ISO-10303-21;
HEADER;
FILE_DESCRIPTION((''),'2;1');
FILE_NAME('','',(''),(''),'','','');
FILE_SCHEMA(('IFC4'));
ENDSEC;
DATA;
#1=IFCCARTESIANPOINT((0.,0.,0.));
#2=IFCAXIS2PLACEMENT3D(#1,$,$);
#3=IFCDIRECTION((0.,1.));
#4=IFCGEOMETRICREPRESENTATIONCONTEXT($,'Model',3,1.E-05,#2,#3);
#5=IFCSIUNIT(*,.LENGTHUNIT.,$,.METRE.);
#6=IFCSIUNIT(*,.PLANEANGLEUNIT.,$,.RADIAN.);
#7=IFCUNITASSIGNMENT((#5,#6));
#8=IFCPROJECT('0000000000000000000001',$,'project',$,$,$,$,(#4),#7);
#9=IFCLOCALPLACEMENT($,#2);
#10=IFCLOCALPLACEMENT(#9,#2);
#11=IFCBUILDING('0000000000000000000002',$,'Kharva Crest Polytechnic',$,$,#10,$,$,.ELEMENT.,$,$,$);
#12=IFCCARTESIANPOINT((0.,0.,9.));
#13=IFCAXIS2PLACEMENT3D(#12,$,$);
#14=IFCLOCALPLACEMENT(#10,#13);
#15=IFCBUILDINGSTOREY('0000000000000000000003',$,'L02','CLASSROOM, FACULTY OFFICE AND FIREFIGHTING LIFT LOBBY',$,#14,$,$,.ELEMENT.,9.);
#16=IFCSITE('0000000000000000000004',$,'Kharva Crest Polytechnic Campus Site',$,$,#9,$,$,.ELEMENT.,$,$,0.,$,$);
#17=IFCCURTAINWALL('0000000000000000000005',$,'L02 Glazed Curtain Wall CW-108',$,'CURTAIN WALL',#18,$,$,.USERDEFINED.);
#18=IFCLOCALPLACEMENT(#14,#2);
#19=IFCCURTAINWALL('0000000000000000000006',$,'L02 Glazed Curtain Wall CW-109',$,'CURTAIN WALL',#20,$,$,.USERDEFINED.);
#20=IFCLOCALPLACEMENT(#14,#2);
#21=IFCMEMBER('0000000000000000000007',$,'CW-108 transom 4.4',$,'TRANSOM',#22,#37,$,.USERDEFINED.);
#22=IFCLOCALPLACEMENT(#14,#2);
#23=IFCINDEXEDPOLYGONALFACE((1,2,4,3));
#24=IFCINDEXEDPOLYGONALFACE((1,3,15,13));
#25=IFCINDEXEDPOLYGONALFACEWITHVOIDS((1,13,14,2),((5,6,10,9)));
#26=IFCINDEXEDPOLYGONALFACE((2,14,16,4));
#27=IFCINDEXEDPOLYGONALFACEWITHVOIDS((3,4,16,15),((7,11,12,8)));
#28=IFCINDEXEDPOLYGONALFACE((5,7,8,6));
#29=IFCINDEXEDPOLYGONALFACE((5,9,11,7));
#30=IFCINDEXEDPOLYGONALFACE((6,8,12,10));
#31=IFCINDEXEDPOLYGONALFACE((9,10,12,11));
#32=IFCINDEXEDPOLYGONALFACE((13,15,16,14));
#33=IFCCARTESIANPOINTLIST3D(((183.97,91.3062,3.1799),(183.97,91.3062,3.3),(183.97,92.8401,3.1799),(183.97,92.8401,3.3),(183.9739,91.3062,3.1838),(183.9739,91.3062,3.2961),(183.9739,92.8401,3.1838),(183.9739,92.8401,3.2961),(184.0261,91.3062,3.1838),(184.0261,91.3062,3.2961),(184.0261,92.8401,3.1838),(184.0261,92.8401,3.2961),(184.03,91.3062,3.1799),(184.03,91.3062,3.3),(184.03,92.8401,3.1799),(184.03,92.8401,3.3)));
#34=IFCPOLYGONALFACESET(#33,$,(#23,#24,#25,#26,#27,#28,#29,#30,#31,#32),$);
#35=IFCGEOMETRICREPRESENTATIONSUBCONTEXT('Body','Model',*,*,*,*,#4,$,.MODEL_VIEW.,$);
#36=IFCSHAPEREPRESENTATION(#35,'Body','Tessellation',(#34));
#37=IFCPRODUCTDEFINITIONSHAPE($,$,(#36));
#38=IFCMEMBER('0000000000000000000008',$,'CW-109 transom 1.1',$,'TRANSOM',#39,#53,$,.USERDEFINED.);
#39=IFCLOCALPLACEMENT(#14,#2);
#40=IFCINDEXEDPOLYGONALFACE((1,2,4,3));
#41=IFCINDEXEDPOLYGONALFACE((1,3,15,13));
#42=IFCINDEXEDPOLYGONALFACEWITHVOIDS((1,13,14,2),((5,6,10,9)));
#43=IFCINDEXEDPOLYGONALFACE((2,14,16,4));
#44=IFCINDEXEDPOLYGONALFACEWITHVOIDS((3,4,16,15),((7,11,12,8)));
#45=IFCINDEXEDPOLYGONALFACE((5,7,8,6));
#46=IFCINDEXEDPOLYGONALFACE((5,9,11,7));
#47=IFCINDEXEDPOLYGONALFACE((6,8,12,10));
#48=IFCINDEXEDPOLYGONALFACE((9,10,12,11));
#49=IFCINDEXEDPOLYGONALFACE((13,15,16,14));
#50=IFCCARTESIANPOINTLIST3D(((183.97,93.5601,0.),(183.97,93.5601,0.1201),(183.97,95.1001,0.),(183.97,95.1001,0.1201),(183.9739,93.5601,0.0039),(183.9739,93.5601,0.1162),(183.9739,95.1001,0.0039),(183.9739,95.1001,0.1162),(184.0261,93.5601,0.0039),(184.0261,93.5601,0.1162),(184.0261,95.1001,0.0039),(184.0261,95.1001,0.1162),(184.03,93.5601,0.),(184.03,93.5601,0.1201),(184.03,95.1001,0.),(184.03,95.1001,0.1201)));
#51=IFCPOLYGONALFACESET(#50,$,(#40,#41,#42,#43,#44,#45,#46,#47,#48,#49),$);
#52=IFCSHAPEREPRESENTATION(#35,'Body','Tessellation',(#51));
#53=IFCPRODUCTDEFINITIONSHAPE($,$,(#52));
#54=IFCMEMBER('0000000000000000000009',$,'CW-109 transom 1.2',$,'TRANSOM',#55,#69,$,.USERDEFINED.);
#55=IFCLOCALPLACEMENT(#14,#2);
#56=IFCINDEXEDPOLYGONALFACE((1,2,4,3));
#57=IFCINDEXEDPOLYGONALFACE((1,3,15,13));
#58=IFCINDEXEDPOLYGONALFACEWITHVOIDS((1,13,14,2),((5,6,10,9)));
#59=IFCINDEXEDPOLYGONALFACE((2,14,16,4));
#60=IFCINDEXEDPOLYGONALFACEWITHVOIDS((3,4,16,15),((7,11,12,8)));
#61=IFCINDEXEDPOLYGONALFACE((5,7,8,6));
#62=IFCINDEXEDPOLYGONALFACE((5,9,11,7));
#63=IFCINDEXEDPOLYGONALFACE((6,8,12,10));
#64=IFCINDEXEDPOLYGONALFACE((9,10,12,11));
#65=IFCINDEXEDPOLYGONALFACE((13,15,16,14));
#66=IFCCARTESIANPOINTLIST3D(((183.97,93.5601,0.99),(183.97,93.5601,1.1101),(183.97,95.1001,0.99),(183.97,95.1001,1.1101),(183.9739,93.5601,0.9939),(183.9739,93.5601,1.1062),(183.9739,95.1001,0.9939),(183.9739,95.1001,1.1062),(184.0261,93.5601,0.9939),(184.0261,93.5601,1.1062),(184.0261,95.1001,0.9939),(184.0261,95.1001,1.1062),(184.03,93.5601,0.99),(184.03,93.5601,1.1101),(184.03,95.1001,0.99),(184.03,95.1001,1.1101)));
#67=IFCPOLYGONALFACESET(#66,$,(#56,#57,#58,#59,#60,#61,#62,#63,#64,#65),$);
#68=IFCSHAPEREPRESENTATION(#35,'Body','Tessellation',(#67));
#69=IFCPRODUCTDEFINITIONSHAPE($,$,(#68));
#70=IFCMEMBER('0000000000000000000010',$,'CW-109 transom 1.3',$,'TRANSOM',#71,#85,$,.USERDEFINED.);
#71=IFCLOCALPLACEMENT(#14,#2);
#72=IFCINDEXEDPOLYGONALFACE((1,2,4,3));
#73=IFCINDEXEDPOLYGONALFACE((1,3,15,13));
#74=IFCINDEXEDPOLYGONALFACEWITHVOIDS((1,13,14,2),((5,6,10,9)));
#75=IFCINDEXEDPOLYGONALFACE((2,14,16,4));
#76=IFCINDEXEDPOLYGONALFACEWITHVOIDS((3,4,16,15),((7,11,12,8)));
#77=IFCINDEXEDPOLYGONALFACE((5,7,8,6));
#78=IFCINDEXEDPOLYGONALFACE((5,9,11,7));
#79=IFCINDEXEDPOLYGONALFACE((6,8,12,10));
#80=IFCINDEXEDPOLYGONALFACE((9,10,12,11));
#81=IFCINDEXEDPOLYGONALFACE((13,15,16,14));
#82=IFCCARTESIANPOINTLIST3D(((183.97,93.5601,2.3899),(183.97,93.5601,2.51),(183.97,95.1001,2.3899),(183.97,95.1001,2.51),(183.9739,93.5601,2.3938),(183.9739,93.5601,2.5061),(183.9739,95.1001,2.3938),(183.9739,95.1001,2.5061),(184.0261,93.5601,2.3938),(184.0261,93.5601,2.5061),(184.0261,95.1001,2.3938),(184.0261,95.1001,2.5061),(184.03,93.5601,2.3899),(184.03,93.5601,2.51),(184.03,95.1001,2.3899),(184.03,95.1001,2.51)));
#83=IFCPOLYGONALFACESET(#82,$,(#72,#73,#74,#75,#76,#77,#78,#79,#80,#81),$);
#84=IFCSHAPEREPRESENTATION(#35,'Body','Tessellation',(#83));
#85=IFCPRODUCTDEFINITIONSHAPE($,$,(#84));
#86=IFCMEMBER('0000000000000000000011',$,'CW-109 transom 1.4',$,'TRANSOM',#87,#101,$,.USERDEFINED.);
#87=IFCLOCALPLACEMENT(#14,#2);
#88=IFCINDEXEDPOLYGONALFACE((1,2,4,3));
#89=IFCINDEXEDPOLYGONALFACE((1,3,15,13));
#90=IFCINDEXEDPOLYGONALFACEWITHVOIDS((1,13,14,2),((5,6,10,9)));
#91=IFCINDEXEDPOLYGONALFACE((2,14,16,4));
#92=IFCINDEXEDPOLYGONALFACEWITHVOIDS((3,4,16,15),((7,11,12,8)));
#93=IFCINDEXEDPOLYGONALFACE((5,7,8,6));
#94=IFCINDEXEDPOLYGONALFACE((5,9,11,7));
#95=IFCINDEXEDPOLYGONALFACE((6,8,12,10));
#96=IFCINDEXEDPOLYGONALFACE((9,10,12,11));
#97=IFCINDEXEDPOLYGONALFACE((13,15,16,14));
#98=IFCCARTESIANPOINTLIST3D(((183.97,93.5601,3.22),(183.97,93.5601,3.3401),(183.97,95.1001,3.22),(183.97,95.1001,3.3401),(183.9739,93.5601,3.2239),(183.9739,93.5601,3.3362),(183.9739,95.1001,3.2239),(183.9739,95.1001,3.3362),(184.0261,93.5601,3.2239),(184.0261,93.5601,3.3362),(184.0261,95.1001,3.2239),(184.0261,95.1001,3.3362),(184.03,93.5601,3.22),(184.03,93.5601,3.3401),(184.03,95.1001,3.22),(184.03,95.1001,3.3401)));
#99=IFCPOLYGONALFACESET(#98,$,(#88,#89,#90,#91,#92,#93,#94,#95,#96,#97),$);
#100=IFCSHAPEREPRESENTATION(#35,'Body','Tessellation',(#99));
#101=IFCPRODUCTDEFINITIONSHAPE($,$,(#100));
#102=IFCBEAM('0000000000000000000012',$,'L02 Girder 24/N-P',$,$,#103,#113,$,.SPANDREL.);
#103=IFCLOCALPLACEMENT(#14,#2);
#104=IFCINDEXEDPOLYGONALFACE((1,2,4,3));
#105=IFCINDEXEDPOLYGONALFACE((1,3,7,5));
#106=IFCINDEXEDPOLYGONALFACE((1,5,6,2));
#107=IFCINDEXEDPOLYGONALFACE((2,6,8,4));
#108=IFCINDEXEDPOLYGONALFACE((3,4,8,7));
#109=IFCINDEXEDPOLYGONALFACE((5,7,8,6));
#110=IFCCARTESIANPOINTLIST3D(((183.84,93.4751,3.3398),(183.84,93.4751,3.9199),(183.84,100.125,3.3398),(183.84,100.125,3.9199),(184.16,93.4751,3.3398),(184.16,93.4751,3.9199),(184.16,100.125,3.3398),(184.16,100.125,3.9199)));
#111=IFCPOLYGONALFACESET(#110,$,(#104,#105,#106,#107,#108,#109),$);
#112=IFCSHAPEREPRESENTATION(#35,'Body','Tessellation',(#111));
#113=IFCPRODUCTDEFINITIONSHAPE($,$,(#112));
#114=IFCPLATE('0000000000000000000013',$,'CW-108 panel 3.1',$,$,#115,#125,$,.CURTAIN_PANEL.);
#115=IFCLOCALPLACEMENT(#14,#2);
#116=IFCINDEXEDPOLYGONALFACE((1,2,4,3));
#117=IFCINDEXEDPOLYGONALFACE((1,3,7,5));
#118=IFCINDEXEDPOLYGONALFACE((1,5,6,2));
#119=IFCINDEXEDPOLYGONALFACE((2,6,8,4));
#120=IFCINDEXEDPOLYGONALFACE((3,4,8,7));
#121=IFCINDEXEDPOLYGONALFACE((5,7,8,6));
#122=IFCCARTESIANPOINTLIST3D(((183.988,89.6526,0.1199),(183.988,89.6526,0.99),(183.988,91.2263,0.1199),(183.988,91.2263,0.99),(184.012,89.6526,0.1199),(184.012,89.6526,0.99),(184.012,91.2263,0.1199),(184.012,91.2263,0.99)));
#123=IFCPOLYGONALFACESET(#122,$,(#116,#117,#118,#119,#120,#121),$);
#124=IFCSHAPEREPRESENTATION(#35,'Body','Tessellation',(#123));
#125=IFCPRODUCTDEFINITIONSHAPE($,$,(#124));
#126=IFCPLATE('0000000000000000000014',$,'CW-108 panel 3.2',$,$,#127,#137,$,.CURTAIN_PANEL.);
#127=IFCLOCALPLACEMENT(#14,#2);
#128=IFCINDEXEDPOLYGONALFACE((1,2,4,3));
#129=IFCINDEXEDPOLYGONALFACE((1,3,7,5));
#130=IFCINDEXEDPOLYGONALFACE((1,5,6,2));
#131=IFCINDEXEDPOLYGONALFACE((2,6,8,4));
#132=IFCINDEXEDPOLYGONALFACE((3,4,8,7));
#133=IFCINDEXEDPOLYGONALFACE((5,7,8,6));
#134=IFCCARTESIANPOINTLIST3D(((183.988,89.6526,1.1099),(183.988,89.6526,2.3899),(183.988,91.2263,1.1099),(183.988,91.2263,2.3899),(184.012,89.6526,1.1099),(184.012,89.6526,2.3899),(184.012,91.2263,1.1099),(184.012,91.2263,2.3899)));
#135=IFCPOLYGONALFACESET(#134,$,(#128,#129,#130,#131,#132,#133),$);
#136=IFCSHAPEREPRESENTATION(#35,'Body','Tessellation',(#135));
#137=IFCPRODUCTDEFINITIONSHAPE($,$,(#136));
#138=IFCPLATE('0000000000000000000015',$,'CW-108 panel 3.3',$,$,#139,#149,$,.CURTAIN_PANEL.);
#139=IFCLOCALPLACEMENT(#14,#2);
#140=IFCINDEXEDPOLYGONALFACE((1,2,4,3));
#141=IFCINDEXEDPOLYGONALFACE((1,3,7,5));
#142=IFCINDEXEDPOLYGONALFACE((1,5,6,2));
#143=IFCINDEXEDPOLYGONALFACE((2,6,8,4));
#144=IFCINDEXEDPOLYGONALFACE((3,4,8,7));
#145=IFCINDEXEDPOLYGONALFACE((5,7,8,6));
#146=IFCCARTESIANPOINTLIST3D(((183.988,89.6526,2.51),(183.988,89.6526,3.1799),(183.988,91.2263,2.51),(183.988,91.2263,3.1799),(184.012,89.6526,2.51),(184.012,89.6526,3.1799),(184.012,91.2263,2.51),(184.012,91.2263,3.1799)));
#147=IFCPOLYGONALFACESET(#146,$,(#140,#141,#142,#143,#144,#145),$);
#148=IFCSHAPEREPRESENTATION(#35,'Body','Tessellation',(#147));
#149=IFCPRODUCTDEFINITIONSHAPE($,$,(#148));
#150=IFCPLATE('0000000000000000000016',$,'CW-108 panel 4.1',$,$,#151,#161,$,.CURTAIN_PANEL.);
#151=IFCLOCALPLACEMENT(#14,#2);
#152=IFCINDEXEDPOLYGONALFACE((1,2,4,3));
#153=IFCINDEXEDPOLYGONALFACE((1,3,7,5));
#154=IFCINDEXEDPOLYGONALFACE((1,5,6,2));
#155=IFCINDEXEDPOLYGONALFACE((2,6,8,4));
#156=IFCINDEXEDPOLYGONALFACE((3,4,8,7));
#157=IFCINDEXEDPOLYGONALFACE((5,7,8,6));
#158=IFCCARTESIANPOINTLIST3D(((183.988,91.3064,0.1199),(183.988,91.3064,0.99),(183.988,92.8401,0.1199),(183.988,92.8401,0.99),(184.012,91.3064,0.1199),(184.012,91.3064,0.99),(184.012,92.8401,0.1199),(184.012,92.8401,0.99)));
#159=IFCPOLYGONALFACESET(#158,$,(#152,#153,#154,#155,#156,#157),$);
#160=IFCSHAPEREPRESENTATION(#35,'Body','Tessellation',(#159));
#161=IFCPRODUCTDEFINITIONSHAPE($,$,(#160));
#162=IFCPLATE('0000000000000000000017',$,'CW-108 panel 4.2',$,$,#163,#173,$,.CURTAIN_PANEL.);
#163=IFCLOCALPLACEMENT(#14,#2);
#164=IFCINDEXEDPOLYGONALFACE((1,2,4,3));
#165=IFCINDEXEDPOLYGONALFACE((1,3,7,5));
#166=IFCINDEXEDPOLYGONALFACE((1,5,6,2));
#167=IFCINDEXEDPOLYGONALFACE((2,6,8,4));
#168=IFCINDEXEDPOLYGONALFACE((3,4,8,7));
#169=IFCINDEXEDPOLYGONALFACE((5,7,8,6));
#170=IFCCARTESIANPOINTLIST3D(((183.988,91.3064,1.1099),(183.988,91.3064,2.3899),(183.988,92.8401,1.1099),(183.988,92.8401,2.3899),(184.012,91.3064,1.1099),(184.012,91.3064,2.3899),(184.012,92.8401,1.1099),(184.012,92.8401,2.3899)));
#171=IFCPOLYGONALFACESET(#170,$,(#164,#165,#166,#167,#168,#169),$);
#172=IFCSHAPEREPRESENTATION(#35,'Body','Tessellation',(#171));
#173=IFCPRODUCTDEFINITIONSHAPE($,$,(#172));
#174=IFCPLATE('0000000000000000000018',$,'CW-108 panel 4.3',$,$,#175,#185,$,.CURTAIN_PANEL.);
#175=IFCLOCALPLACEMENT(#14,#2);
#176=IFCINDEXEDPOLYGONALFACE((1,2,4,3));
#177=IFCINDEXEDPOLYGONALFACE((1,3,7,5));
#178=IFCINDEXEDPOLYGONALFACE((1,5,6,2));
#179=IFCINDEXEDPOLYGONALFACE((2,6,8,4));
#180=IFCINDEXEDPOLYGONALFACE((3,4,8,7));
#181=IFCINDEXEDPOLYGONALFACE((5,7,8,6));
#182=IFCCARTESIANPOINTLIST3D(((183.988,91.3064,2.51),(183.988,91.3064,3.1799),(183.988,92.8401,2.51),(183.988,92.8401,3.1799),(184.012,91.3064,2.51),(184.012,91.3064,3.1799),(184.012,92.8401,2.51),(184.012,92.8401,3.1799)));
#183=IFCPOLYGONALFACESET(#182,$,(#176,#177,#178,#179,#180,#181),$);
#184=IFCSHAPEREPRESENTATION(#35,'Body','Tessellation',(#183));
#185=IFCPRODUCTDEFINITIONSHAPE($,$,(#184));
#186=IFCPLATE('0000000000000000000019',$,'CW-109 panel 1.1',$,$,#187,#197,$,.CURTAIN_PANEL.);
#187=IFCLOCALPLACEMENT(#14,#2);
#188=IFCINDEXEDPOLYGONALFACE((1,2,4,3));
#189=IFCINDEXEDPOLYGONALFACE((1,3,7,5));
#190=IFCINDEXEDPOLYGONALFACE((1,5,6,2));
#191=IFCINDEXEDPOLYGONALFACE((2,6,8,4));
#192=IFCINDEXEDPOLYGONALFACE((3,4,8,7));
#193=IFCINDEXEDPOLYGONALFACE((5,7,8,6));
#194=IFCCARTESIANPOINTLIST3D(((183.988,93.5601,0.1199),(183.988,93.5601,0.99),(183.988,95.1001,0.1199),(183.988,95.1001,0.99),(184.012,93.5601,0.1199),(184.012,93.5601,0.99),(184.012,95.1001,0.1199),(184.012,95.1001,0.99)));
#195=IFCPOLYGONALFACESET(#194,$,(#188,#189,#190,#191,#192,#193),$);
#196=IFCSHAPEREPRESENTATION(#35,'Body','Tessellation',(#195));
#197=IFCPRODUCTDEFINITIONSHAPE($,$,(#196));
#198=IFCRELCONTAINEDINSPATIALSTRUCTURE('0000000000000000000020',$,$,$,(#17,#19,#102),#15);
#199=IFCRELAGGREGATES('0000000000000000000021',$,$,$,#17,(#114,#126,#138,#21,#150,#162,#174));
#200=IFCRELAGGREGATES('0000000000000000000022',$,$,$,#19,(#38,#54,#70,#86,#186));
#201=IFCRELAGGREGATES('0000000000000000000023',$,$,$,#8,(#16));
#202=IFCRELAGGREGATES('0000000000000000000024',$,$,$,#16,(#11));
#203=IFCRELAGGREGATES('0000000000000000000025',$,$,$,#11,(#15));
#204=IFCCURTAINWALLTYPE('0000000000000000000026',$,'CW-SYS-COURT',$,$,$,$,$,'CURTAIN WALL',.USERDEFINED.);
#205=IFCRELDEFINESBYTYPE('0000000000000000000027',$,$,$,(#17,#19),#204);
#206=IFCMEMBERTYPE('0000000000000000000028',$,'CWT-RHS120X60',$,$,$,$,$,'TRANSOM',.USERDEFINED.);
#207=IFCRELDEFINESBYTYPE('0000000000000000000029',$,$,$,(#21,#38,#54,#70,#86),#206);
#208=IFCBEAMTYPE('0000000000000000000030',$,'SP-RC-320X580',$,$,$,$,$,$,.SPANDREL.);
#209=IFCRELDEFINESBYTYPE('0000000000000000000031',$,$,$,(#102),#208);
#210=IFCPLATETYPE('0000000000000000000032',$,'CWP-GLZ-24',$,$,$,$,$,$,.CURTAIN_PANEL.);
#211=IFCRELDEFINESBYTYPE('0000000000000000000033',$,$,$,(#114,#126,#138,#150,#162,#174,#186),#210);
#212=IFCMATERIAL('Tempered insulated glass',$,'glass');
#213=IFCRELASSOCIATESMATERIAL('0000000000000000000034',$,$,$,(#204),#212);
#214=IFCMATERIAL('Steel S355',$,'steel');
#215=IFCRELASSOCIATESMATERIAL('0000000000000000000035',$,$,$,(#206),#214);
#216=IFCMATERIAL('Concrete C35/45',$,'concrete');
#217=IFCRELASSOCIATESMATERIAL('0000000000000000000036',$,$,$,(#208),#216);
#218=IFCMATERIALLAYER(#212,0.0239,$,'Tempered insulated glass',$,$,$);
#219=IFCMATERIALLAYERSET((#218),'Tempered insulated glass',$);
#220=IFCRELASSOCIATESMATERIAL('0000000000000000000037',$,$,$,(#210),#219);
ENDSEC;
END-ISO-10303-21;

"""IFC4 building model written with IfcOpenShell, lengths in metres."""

from ifc_helpers import new_model, si_unit, direction, frame, origin, origin_2d, place, context, subcontext, project, spatial, rectangle, hollow_rectangle, extrude, material, layer, layer_set, material_profile, profile_set, type_object, element, aggregate, save


model = new_model("IFC4")

# Units and contexts
model_context = context("Model", 3, precision=1e-05, world=origin(), true_north=direction((0.0, 1.0)))
body_context = subcontext(model_context, "Body", "Model", "MODEL_VIEW")
ifc_project = project(units=[si_unit("LENGTHUNIT", "METRE"), si_unit("PLANEANGLEUNIT", "RADIAN")], contexts=[model_context])

# Site, building, storey
site_placement = place(None, origin())
site = spatial("IfcSite", under=ifc_project, at=site_placement, Name="Kharva Crest Polytechnic Campus Site", CompositionType="ELEMENT", RefElevation=0.0)
building_placement = place(site_placement, origin())
building = spatial("IfcBuilding", under=site, at=building_placement, Name="Kharva Crest Polytechnic", CompositionType="ELEMENT")
storey_placement = place(building_placement, frame((0.0, 0.0, 9.0)))
storey = spatial("IfcBuildingStorey", under=building, at=storey_placement, Name="L02", Description="CLASSROOM, FACULTY OFFICE AND FIREFIGHTING LIFT LOBBY", CompositionType="ELEMENT", Elevation=9.0)

# Shared definitions
ifc_material_1 = material(Name="Concrete C35/45", Category="concrete")

# Curtain wall
ifc_material_2 = material(Name="Tempered insulated glass", Category="glass")
curtain_wall_type = type_object("IfcCurtainWallType", Name="CW-SYS-COURT", ElementType="CURTAIN WALL", PredefinedType="USERDEFINED", material=ifc_material_2)
curtain_wall_1_placement = place(storey_placement, origin())
curtain_wall_1 = element("IfcCurtainWall", 1, at=curtain_wall_1_placement, inside=storey, type_object=curtain_wall_type, Name="L02 Glazed Curtain Wall CW-108", ObjectType="CURTAIN WALL", PredefinedType="USERDEFINED")
ifc_material_3 = material(Name="Steel S355", Category="steel")

# Curtain wall
curtain_wall_2_placement = place(storey_placement, origin())
curtain_wall_2 = element("IfcCurtainWall", 2, at=curtain_wall_2_placement, inside=storey, type_object=curtain_wall_type, Name="L02 Glazed Curtain Wall CW-109", ObjectType="CURTAIN WALL", PredefinedType="USERDEFINED")

# Members
ifc_material_profile_1 = material_profile(ifc_material_3, hollow_rectangle(XDim=0.0601, YDim=0.1201, WallThickness=0.0039, at=origin_2d()), Name="RHS 120X60X4.0")
ifc_profile_set_1 = profile_set([ifc_material_profile_1], Name="Steel S355")
member_type_1 = type_object("IfcMemberType", Name="CWT-RHS120X60", ElementType="TRANSOM", PredefinedType="USERDEFINED", material=ifc_profile_set_1)
member_1_placement = place(storey_placement, frame((184.0, 91.3062, 3.24), z_axis=(0.0, 1.0, 0.0), x_axis=(-1.0, 0.0, 0.0)))
member_1 = element("IfcMember", 3, at=member_1_placement, type_object=member_type_1, Name="CW-108 transom 4.4", ObjectType="TRANSOM", PredefinedType="USERDEFINED", context=body_context, shape_type="SweptSolid", body=[
    extrude(hollow_rectangle(XDim=0.0601, YDim=0.1201, WallThickness=0.0039, at=origin_2d()), origin(), (0.0, 0.0, 1.0), 1.5339),
])
member_2_placement = place(storey_placement, frame((184.0, 93.5601, 0.0601), z_axis=(0.0, 1.0, 0.0), x_axis=(-1.0, 0.0, 0.0)))
member_2 = element("IfcMember", 4, at=member_2_placement, type_object=member_type_1, Name="CW-109 transom 1.1", ObjectType="TRANSOM", PredefinedType="USERDEFINED", context=body_context, shape_type="SweptSolid", body=[
    extrude(hollow_rectangle(XDim=0.0601, YDim=0.1201, WallThickness=0.0039, at=origin_2d()), origin(), (0.0, 0.0, 1.0), 1.54),
])
member_3_placement = place(storey_placement, frame((184.0, 93.5601, 1.05), z_axis=(0.0, 1.0, 0.0), x_axis=(-1.0, 0.0, 0.0)))
member_3 = element("IfcMember", 5, at=member_3_placement, type_object=member_type_1, Name="CW-109 transom 1.2", ObjectType="TRANSOM", PredefinedType="USERDEFINED", context=body_context, shape_type="SweptSolid", body=[
    extrude(hollow_rectangle(XDim=0.0601, YDim=0.1201, WallThickness=0.0039, at=origin_2d()), origin(), (0.0, 0.0, 1.0), 1.54),
])
member_4_placement = place(storey_placement, frame((184.0, 93.5601, 2.45), z_axis=(0.0, 1.0, 0.0), x_axis=(-1.0, 0.0, 0.0)))
member_4 = element("IfcMember", 6, at=member_4_placement, type_object=member_type_1, Name="CW-109 transom 1.3", ObjectType="TRANSOM", PredefinedType="USERDEFINED", context=body_context, shape_type="SweptSolid", body=[
    extrude(hollow_rectangle(XDim=0.0601, YDim=0.1201, WallThickness=0.0039, at=origin_2d()), origin(), (0.0, 0.0, 1.0), 1.54),
])
member_5_placement = place(storey_placement, frame((184.0, 93.5601, 3.28), z_axis=(0.0, 1.0, 0.0), x_axis=(-1.0, 0.0, 0.0)))
member_5 = element("IfcMember", 7, at=member_5_placement, type_object=member_type_1, Name="CW-109 transom 1.4", ObjectType="TRANSOM", PredefinedType="USERDEFINED", context=body_context, shape_type="SweptSolid", body=[
    extrude(hollow_rectangle(XDim=0.0601, YDim=0.1201, WallThickness=0.0039, at=origin_2d()), origin(), (0.0, 0.0, 1.0), 1.54),
])

# Beam
ifc_material_profile_2 = material_profile(ifc_material_1, rectangle(XDim=0.3201, YDim=0.5801, at=origin_2d()), Name="RECT 320 X 580")
ifc_profile_set_2 = profile_set([ifc_material_profile_2], Name="Concrete C35/45")
beam_type_1 = type_object("IfcBeamType", Name="SP-RC-320X580", PredefinedType="SPANDREL", material=ifc_profile_set_2)
beam_1_placement = place(storey_placement, frame((184.0, 93.4751, 3.6299), z_axis=(0.0, 1.0, 0.0), x_axis=(-1.0, 0.0, 0.0)))
element("IfcBeam", 8, at=beam_1_placement, inside=storey, type_object=beam_type_1, Name="L02 Girder 24/N-P", PredefinedType="SPANDREL", context=body_context, shape_type="SweptSolid", body=[
    extrude(rectangle(XDim=0.3201, YDim=0.5801, at=origin_2d()), origin(), (0.0, 0.0, 1.0), 6.6499),
])

# Plates
ifc_layer_1 = layer(ifc_material_2, 0.0239, Name="Tempered insulated glass")
ifc_layer_set_1 = layer_set([ifc_layer_1], Name="Tempered insulated glass")
plate_type = type_object("IfcPlateType", Name="CWP-GLZ-24", PredefinedType="CURTAIN_PANEL", material=ifc_layer_set_1)
plate_1_placement = place(storey_placement, frame((184.0, 90.4395, 0.1199), z_axis=(0.0, 0.0, 1.0), x_axis=(0.0, 1.0, 0.0)))
plate_1 = element("IfcPlate", 9, at=plate_1_placement, type_object=plate_type, Name="CW-108 panel 3.1", PredefinedType="CURTAIN_PANEL", context=body_context, shape_type="SweptSolid", body=[
    extrude(rectangle(XDim=1.5737, YDim=0.0239, at=origin_2d()), origin(), (0.0, 0.0, 1.0), 0.8701),
])
plate_2_placement = place(storey_placement, frame((184.0, 90.4395, 1.1099), z_axis=(0.0, 0.0, 1.0), x_axis=(0.0, 1.0, 0.0)))
plate_2 = element("IfcPlate", 10, at=plate_2_placement, type_object=plate_type, Name="CW-108 panel 3.2", PredefinedType="CURTAIN_PANEL", context=body_context, shape_type="SweptSolid", body=[
    extrude(rectangle(XDim=1.5737, YDim=0.0239, at=origin_2d()), origin(), (0.0, 0.0, 1.0), 1.28),
])
plate_3_placement = place(storey_placement, frame((184.0, 90.4395, 2.51), z_axis=(0.0, 0.0, 1.0), x_axis=(0.0, 1.0, 0.0)))
plate_3 = element("IfcPlate", 11, at=plate_3_placement, type_object=plate_type, Name="CW-108 panel 3.3", PredefinedType="CURTAIN_PANEL", context=body_context, shape_type="SweptSolid", body=[
    extrude(rectangle(XDim=1.5737, YDim=0.0239, at=origin_2d()), origin(), (0.0, 0.0, 1.0), 0.6699),
])
plate_4_placement = place(storey_placement, frame((184.0, 92.0732, 0.1199), z_axis=(0.0, 0.0, 1.0), x_axis=(0.0, 1.0, 0.0)))
plate_4 = element("IfcPlate", 12, at=plate_4_placement, type_object=plate_type, Name="CW-108 panel 4.1", PredefinedType="CURTAIN_PANEL", context=body_context, shape_type="SweptSolid", body=[
    extrude(rectangle(XDim=1.5337, YDim=0.0239, at=origin_2d()), origin(), (0.0, 0.0, 1.0), 0.8701),
])
plate_5_placement = place(storey_placement, frame((184.0, 92.0732, 1.1099), z_axis=(0.0, 0.0, 1.0), x_axis=(0.0, 1.0, 0.0)))
plate_5 = element("IfcPlate", 13, at=plate_5_placement, type_object=plate_type, Name="CW-108 panel 4.2", PredefinedType="CURTAIN_PANEL", context=body_context, shape_type="SweptSolid", body=[
    extrude(rectangle(XDim=1.5337, YDim=0.0239, at=origin_2d()), origin(), (0.0, 0.0, 1.0), 1.28),
])
plate_6_placement = place(storey_placement, frame((184.0, 92.0732, 2.51), z_axis=(0.0, 0.0, 1.0), x_axis=(0.0, 1.0, 0.0)))
plate_6 = element("IfcPlate", 14, at=plate_6_placement, type_object=plate_type, Name="CW-108 panel 4.3", PredefinedType="CURTAIN_PANEL", context=body_context, shape_type="SweptSolid", body=[
    extrude(rectangle(XDim=1.5337, YDim=0.0239, at=origin_2d()), origin(), (0.0, 0.0, 1.0), 0.6699),
])
aggregate(curtain_wall_1, [plate_1, plate_2, plate_3, member_1, plate_4, plate_5, plate_6])
plate_7_placement = place(storey_placement, frame((184.0, 94.3301, 0.1199), z_axis=(0.0, 0.0, 1.0), x_axis=(0.0, 1.0, 0.0)))
plate_7 = element("IfcPlate", 15, at=plate_7_placement, type_object=plate_type, Name="CW-109 panel 1.1", PredefinedType="CURTAIN_PANEL", context=body_context, shape_type="SweptSolid", body=[
    extrude(rectangle(XDim=1.54, YDim=0.0239, at=origin_2d()), origin(), (0.0, 0.0, 1.0), 0.8701),
])
aggregate(curtain_wall_2, [member_2, member_3, member_4, member_5, plate_7])

save(model, "model.ifc")
